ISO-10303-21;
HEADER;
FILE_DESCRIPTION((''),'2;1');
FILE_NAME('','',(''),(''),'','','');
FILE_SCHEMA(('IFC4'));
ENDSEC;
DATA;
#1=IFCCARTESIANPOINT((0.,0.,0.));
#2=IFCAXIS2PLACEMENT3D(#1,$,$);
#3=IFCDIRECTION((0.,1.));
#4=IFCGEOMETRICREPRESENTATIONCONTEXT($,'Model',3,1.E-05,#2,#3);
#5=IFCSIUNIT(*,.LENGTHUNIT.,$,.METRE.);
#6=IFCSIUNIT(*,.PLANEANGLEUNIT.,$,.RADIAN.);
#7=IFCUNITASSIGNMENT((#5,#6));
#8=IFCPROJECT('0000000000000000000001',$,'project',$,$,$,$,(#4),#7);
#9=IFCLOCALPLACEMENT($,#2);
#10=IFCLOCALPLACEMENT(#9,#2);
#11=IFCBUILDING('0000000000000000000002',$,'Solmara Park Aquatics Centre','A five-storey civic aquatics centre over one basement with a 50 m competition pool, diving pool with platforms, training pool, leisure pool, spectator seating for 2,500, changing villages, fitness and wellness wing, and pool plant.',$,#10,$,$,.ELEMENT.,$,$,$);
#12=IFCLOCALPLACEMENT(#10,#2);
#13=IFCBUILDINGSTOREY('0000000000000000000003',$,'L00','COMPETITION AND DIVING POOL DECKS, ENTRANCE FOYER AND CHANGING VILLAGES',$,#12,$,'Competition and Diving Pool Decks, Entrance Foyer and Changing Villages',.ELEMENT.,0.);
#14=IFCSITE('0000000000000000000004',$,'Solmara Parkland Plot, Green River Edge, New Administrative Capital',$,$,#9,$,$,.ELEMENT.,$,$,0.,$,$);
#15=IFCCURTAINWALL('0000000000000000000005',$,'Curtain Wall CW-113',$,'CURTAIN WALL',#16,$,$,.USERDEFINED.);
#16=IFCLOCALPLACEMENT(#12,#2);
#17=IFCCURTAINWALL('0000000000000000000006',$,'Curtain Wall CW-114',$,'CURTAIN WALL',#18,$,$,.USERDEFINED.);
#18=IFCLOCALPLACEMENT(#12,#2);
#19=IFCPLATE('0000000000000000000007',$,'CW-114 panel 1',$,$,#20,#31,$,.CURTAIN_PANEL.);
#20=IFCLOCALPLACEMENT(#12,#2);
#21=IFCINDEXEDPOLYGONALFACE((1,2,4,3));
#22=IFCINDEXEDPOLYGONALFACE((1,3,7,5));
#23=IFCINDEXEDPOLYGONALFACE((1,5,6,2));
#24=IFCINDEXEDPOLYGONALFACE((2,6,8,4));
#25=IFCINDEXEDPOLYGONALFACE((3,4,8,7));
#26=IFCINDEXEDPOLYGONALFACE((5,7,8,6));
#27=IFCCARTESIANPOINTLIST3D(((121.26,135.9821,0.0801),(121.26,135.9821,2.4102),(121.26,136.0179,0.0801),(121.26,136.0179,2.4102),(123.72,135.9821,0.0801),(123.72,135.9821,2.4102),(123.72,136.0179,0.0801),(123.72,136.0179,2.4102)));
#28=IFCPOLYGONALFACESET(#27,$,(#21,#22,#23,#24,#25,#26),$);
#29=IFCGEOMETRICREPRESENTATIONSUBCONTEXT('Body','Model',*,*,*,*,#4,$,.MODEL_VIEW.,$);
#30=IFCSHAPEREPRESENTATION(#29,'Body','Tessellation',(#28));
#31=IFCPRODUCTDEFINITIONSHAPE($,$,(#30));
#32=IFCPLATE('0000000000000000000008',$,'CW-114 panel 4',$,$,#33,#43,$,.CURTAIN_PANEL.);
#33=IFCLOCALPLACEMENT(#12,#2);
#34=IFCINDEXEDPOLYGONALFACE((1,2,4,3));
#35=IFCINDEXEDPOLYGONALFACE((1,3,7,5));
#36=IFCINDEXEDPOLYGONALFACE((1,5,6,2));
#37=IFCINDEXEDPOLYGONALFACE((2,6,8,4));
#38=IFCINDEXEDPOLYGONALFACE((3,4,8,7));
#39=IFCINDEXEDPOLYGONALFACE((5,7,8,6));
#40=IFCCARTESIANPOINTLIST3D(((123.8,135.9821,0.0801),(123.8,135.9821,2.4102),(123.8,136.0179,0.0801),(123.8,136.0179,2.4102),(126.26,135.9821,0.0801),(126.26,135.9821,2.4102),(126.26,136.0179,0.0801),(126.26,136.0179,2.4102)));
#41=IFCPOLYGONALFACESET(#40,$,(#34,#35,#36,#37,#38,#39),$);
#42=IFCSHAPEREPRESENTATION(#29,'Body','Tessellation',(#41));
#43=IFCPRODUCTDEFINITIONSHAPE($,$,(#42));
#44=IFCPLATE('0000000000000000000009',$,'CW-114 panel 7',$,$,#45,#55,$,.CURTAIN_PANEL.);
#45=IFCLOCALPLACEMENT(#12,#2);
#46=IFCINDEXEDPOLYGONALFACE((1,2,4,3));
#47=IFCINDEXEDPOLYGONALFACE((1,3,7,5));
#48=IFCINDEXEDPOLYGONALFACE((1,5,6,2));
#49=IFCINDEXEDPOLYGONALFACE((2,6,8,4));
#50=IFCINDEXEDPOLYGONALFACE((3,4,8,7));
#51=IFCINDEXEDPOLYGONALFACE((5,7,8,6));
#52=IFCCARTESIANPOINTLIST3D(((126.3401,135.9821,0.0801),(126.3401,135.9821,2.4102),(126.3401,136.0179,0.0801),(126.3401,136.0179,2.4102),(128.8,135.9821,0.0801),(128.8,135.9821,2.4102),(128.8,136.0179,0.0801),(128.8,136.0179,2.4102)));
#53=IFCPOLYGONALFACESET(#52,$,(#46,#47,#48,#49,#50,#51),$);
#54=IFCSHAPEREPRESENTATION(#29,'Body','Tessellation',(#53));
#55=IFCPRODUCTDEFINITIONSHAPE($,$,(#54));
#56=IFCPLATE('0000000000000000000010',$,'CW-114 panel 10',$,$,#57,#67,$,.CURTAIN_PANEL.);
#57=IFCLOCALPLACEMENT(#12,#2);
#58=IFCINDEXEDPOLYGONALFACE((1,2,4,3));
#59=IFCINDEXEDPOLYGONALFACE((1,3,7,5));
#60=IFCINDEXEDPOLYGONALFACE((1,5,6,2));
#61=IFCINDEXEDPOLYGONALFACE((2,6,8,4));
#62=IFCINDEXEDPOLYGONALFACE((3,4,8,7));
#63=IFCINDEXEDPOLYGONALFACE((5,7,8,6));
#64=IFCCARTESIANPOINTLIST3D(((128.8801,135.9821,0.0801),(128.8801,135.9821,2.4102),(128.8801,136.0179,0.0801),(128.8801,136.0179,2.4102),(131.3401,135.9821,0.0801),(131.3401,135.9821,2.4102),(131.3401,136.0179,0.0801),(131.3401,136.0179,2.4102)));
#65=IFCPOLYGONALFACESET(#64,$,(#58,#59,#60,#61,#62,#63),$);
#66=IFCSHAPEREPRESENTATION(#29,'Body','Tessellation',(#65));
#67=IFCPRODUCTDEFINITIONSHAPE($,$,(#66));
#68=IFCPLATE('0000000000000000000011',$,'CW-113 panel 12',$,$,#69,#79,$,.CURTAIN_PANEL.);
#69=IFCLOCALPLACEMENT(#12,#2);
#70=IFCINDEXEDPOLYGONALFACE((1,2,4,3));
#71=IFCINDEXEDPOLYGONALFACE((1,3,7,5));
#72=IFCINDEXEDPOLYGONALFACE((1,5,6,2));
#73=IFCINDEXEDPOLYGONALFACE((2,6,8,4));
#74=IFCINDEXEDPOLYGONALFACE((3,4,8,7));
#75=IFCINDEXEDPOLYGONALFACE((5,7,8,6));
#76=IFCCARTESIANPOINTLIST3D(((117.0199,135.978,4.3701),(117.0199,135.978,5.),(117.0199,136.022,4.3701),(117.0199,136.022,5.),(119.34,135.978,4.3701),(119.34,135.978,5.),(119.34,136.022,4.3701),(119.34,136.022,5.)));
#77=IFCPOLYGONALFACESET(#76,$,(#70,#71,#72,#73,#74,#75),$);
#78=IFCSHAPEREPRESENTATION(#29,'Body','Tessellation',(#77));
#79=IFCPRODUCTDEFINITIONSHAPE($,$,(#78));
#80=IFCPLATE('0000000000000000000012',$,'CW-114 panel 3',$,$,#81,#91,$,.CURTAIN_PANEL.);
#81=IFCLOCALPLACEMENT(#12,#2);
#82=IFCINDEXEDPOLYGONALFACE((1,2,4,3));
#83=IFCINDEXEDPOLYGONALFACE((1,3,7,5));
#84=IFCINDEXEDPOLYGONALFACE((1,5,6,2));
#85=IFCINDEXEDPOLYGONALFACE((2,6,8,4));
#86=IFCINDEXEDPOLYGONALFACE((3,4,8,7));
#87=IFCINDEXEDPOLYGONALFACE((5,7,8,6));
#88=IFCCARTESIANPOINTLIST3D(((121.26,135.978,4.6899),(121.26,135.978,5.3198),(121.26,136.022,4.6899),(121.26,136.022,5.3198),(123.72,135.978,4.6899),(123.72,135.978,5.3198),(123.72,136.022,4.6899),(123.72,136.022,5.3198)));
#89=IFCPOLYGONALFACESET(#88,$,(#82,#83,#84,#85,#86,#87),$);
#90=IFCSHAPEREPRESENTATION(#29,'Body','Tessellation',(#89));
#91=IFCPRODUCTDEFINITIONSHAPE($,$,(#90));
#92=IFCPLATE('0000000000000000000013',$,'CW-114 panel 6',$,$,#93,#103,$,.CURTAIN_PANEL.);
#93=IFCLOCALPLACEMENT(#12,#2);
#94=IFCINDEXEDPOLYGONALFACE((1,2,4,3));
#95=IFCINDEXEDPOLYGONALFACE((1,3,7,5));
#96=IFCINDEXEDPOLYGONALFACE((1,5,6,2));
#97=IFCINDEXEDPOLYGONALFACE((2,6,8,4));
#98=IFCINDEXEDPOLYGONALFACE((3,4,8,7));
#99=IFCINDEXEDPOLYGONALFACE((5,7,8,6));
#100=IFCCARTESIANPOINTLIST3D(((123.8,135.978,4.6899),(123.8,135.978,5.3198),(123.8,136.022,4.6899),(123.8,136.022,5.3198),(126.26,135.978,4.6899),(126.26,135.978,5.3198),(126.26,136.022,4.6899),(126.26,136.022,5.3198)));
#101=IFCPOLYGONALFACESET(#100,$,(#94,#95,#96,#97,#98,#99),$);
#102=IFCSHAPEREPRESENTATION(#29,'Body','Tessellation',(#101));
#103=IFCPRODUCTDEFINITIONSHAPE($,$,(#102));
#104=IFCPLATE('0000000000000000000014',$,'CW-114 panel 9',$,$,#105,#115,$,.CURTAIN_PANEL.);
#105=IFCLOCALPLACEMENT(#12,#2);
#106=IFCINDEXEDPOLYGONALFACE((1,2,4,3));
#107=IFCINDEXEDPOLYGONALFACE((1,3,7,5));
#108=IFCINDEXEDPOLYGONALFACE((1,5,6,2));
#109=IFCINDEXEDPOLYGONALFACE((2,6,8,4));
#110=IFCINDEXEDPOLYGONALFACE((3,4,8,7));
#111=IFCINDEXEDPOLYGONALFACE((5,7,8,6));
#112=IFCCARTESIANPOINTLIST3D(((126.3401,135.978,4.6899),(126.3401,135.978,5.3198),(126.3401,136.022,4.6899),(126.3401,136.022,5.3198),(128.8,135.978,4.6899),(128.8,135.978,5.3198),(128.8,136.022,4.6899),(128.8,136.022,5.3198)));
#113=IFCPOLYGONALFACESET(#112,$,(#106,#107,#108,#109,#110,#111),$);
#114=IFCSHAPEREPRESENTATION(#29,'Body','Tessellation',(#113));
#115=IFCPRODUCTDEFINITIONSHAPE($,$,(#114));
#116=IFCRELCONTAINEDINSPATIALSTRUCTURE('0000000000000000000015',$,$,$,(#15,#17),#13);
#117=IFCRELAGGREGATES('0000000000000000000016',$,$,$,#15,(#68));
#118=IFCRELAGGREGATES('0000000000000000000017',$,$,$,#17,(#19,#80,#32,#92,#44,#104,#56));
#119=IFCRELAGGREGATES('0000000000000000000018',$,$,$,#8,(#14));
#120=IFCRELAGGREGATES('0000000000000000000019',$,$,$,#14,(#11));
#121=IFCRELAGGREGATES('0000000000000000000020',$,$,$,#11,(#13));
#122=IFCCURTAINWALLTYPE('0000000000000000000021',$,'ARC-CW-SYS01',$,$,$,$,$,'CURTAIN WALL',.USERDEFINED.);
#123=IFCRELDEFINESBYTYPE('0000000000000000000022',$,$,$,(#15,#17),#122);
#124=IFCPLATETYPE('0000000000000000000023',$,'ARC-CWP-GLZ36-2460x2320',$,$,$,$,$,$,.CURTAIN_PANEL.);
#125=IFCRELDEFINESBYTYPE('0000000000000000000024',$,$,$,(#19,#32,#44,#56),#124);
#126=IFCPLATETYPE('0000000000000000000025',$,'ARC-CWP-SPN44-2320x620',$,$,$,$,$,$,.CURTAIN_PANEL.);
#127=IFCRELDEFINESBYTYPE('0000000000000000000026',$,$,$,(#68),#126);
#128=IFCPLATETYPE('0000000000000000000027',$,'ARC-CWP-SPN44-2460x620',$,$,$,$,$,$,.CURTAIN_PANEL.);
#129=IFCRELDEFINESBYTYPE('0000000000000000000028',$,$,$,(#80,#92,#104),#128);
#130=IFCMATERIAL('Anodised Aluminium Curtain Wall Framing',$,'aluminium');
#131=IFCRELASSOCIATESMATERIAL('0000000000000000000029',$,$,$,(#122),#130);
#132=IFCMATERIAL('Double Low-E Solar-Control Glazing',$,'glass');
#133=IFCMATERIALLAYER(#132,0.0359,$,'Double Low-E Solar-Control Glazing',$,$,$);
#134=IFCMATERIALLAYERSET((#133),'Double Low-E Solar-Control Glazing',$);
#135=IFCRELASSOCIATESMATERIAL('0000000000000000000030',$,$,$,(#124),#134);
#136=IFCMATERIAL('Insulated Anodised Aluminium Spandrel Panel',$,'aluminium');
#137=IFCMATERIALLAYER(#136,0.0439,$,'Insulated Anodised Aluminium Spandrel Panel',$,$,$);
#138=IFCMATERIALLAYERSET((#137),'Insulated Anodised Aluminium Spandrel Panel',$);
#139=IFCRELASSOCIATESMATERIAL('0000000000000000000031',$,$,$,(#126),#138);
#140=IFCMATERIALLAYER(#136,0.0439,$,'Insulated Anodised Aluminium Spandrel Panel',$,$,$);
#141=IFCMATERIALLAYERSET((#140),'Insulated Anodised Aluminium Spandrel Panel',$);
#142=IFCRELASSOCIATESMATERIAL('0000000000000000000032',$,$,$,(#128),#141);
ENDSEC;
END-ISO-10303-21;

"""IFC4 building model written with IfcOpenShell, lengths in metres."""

from ifc_helpers import new_model, si_unit, direction, frame, origin, origin_2d, place, context, subcontext, project, spatial, rectangle, extrude, material, layer, layer_set, type_object, element, aggregate, save


model = new_model("IFC4")

# Units and contexts
model_context = context("Model", 3, precision=1e-05, world=origin(), true_north=direction((0.0, 1.0)))
body_context = subcontext(model_context, "Body", "Model", "MODEL_VIEW")
ifc_project = project(units=[si_unit("LENGTHUNIT", "METRE"), si_unit("PLANEANGLEUNIT", "RADIAN")], contexts=[model_context])

# Site, building, storey
site_placement = place(None, origin())
site = spatial("IfcSite", under=ifc_project, at=site_placement, Name="Solmara Parkland Plot, Green River Edge, New Administrative Capital", CompositionType="ELEMENT", RefElevation=0.0)
building_placement = place(site_placement, origin())
building = spatial("IfcBuilding", under=site, at=building_placement, Name="Solmara Park Aquatics Centre", Description="A five-storey civic aquatics centre over one basement with a 50 m competition pool, diving pool with platforms, training pool, leisure pool, spectator seating for 2,500, changing villages, fitness and wellness wing, and pool plant.", CompositionType="ELEMENT")
storey_placement = place(building_placement, origin())
storey = spatial("IfcBuildingStorey", under=building, at=storey_placement, Name="L00", Description="COMPETITION AND DIVING POOL DECKS, ENTRANCE FOYER AND CHANGING VILLAGES", LongName="Competition and Diving Pool Decks, Entrance Foyer and Changing Villages", CompositionType="ELEMENT", Elevation=0.0)

# Curtain wall
ifc_material_1 = material(Name="Anodised Aluminium Curtain Wall Framing", Category="aluminium")
curtain_wall_type = type_object("IfcCurtainWallType", Name="ARC-CW-SYS01", ElementType="CURTAIN WALL", PredefinedType="USERDEFINED", material=ifc_material_1)
curtain_wall_1_placement = place(storey_placement, origin())
curtain_wall_1 = element("IfcCurtainWall", 1, at=curtain_wall_1_placement, inside=storey, type_object=curtain_wall_type, Name="Curtain Wall CW-113", ObjectType="CURTAIN WALL", PredefinedType="USERDEFINED")

# Curtain wall
curtain_wall_2_placement = place(storey_placement, origin())
curtain_wall_2 = element("IfcCurtainWall", 2, at=curtain_wall_2_placement, inside=storey, type_object=curtain_wall_type, Name="Curtain Wall CW-114", ObjectType="CURTAIN WALL", PredefinedType="USERDEFINED")

# Plates
ifc_material_2 = material(Name="Double Low-E Solar-Control Glazing", Category="glass")
ifc_layer_1 = layer(ifc_material_2, 0.0359, Name="Double Low-E Solar-Control Glazing")
ifc_layer_set_1 = layer_set([ifc_layer_1], Name="Double Low-E Solar-Control Glazing")
plate_type_1 = type_object("IfcPlateType", Name="ARC-CWP-GLZ36-2460x2320", PredefinedType="CURTAIN_PANEL", material=ifc_layer_set_1)
plate_1_placement = place(storey_placement, frame((122.49, 136.0, 0.0801), z_axis=(0.0, 0.0, 1.0), x_axis=(1.0, 0.0, 0.0)))
plate_1 = element("IfcPlate", 3, at=plate_1_placement, type_object=plate_type_1, Name="CW-114 panel 1", PredefinedType="CURTAIN_PANEL", context=body_context, shape_type="SweptSolid", body=[
    extrude(rectangle(XDim=2.46, YDim=0.0359, at=origin_2d()), origin(), (0.0, 0.0, 1.0), 2.3301),
])
plate_2_placement = place(storey_placement, frame((125.03, 136.0, 0.0801), z_axis=(0.0, 0.0, 1.0), x_axis=(1.0, 0.0, 0.0)))
plate_2 = element("IfcPlate", 4, at=plate_2_placement, type_object=plate_type_1, Name="CW-114 panel 4", PredefinedType="CURTAIN_PANEL", context=body_context, shape_type="SweptSolid", body=[
    extrude(rectangle(XDim=2.46, YDim=0.0359, at=origin_2d()), origin(), (0.0, 0.0, 1.0), 2.3301),
])
plate_3_placement = place(storey_placement, frame((127.5701, 136.0, 0.0801), z_axis=(0.0, 0.0, 1.0), x_axis=(1.0, 0.0, 0.0)))
plate_3 = element("IfcPlate", 5, at=plate_3_placement, type_object=plate_type_1, Name="CW-114 panel 7", PredefinedType="CURTAIN_PANEL", context=body_context, shape_type="SweptSolid", body=[
    extrude(rectangle(XDim=2.46, YDim=0.0359, at=origin_2d()), origin(), (0.0, 0.0, 1.0), 2.3301),
])
plate_4_placement = place(storey_placement, frame((130.1101, 136.0, 0.0801), z_axis=(0.0, 0.0, 1.0), x_axis=(1.0, 0.0, 0.0)))
plate_4 = element("IfcPlate", 6, at=plate_4_placement, type_object=plate_type_1, Name="CW-114 panel 10", PredefinedType="CURTAIN_PANEL", context=body_context, shape_type="SweptSolid", body=[
    extrude(rectangle(XDim=2.46, YDim=0.0359, at=origin_2d()), origin(), (0.0, 0.0, 1.0), 2.3301),
])
ifc_material_3 = material(Name="Insulated Anodised Aluminium Spandrel Panel", Category="aluminium")
ifc_layer_2 = layer(ifc_material_3, 0.0439, Name="Insulated Anodised Aluminium Spandrel Panel")
ifc_layer_set_2 = layer_set([ifc_layer_2], Name="Insulated Anodised Aluminium Spandrel Panel")
plate_type_2 = type_object("IfcPlateType", Name="ARC-CWP-SPN44-2320x620", PredefinedType="CURTAIN_PANEL", material=ifc_layer_set_2)
plate_5_placement = place(storey_placement, frame((118.1799, 136.0, 4.3701), z_axis=(0.0, 0.0, 1.0), x_axis=(1.0, 0.0, 0.0)))
plate_5 = element("IfcPlate", 7, at=plate_5_placement, type_object=plate_type_2, Name="CW-113 panel 12", PredefinedType="CURTAIN_PANEL", context=body_context, shape_type="SweptSolid", body=[
    extrude(rectangle(XDim=2.3201, YDim=0.0439, at=origin_2d()), origin(), (0.0, 0.0, 1.0), 0.6299),
])
aggregate(curtain_wall_1, [plate_5])
ifc_layer_3 = layer(ifc_material_3, 0.0439, Name="Insulated Anodised Aluminium Spandrel Panel")
ifc_layer_set_3 = layer_set([ifc_layer_3], Name="Insulated Anodised Aluminium Spandrel Panel")
plate_type_3 = type_object("IfcPlateType", Name="ARC-CWP-SPN44-2460x620", PredefinedType="CURTAIN_PANEL", material=ifc_layer_set_3)
plate_6_placement = place(storey_placement, frame((122.49, 136.0, 4.6899), z_axis=(0.0, 0.0, 1.0), x_axis=(1.0, 0.0, 0.0)))
plate_6 = element("IfcPlate", 8, at=plate_6_placement, type_object=plate_type_3, Name="CW-114 panel 3", PredefinedType="CURTAIN_PANEL", context=body_context, shape_type="SweptSolid", body=[
    extrude(rectangle(XDim=2.46, YDim=0.0439, at=origin_2d()), origin(), (0.0, 0.0, 1.0), 0.6299),
])
plate_7_placement = place(storey_placement, frame((125.03, 136.0, 4.6899), z_axis=(0.0, 0.0, 1.0), x_axis=(1.0, 0.0, 0.0)))
plate_7 = element("IfcPlate", 9, at=plate_7_placement, type_object=plate_type_3, Name="CW-114 panel 6", PredefinedType="CURTAIN_PANEL", context=body_context, shape_type="SweptSolid", body=[
    extrude(rectangle(XDim=2.46, YDim=0.0439, at=origin_2d()), origin(), (0.0, 0.0, 1.0), 0.6299),
])
plate_8_placement = place(storey_placement, frame((127.5701, 136.0, 4.6899), z_axis=(0.0, 0.0, 1.0), x_axis=(1.0, 0.0, 0.0)))
plate_8 = element("IfcPlate", 10, at=plate_8_placement, type_object=plate_type_3, Name="CW-114 panel 9", PredefinedType="CURTAIN_PANEL", context=body_context, shape_type="SweptSolid", body=[
    extrude(rectangle(XDim=2.46, YDim=0.0439, at=origin_2d()), origin(), (0.0, 0.0, 1.0), 0.6299),
])
aggregate(curtain_wall_2, [plate_1, plate_6, plate_2, plate_7, plate_3, plate_8, plate_4])

save(model, "model.ifc")
